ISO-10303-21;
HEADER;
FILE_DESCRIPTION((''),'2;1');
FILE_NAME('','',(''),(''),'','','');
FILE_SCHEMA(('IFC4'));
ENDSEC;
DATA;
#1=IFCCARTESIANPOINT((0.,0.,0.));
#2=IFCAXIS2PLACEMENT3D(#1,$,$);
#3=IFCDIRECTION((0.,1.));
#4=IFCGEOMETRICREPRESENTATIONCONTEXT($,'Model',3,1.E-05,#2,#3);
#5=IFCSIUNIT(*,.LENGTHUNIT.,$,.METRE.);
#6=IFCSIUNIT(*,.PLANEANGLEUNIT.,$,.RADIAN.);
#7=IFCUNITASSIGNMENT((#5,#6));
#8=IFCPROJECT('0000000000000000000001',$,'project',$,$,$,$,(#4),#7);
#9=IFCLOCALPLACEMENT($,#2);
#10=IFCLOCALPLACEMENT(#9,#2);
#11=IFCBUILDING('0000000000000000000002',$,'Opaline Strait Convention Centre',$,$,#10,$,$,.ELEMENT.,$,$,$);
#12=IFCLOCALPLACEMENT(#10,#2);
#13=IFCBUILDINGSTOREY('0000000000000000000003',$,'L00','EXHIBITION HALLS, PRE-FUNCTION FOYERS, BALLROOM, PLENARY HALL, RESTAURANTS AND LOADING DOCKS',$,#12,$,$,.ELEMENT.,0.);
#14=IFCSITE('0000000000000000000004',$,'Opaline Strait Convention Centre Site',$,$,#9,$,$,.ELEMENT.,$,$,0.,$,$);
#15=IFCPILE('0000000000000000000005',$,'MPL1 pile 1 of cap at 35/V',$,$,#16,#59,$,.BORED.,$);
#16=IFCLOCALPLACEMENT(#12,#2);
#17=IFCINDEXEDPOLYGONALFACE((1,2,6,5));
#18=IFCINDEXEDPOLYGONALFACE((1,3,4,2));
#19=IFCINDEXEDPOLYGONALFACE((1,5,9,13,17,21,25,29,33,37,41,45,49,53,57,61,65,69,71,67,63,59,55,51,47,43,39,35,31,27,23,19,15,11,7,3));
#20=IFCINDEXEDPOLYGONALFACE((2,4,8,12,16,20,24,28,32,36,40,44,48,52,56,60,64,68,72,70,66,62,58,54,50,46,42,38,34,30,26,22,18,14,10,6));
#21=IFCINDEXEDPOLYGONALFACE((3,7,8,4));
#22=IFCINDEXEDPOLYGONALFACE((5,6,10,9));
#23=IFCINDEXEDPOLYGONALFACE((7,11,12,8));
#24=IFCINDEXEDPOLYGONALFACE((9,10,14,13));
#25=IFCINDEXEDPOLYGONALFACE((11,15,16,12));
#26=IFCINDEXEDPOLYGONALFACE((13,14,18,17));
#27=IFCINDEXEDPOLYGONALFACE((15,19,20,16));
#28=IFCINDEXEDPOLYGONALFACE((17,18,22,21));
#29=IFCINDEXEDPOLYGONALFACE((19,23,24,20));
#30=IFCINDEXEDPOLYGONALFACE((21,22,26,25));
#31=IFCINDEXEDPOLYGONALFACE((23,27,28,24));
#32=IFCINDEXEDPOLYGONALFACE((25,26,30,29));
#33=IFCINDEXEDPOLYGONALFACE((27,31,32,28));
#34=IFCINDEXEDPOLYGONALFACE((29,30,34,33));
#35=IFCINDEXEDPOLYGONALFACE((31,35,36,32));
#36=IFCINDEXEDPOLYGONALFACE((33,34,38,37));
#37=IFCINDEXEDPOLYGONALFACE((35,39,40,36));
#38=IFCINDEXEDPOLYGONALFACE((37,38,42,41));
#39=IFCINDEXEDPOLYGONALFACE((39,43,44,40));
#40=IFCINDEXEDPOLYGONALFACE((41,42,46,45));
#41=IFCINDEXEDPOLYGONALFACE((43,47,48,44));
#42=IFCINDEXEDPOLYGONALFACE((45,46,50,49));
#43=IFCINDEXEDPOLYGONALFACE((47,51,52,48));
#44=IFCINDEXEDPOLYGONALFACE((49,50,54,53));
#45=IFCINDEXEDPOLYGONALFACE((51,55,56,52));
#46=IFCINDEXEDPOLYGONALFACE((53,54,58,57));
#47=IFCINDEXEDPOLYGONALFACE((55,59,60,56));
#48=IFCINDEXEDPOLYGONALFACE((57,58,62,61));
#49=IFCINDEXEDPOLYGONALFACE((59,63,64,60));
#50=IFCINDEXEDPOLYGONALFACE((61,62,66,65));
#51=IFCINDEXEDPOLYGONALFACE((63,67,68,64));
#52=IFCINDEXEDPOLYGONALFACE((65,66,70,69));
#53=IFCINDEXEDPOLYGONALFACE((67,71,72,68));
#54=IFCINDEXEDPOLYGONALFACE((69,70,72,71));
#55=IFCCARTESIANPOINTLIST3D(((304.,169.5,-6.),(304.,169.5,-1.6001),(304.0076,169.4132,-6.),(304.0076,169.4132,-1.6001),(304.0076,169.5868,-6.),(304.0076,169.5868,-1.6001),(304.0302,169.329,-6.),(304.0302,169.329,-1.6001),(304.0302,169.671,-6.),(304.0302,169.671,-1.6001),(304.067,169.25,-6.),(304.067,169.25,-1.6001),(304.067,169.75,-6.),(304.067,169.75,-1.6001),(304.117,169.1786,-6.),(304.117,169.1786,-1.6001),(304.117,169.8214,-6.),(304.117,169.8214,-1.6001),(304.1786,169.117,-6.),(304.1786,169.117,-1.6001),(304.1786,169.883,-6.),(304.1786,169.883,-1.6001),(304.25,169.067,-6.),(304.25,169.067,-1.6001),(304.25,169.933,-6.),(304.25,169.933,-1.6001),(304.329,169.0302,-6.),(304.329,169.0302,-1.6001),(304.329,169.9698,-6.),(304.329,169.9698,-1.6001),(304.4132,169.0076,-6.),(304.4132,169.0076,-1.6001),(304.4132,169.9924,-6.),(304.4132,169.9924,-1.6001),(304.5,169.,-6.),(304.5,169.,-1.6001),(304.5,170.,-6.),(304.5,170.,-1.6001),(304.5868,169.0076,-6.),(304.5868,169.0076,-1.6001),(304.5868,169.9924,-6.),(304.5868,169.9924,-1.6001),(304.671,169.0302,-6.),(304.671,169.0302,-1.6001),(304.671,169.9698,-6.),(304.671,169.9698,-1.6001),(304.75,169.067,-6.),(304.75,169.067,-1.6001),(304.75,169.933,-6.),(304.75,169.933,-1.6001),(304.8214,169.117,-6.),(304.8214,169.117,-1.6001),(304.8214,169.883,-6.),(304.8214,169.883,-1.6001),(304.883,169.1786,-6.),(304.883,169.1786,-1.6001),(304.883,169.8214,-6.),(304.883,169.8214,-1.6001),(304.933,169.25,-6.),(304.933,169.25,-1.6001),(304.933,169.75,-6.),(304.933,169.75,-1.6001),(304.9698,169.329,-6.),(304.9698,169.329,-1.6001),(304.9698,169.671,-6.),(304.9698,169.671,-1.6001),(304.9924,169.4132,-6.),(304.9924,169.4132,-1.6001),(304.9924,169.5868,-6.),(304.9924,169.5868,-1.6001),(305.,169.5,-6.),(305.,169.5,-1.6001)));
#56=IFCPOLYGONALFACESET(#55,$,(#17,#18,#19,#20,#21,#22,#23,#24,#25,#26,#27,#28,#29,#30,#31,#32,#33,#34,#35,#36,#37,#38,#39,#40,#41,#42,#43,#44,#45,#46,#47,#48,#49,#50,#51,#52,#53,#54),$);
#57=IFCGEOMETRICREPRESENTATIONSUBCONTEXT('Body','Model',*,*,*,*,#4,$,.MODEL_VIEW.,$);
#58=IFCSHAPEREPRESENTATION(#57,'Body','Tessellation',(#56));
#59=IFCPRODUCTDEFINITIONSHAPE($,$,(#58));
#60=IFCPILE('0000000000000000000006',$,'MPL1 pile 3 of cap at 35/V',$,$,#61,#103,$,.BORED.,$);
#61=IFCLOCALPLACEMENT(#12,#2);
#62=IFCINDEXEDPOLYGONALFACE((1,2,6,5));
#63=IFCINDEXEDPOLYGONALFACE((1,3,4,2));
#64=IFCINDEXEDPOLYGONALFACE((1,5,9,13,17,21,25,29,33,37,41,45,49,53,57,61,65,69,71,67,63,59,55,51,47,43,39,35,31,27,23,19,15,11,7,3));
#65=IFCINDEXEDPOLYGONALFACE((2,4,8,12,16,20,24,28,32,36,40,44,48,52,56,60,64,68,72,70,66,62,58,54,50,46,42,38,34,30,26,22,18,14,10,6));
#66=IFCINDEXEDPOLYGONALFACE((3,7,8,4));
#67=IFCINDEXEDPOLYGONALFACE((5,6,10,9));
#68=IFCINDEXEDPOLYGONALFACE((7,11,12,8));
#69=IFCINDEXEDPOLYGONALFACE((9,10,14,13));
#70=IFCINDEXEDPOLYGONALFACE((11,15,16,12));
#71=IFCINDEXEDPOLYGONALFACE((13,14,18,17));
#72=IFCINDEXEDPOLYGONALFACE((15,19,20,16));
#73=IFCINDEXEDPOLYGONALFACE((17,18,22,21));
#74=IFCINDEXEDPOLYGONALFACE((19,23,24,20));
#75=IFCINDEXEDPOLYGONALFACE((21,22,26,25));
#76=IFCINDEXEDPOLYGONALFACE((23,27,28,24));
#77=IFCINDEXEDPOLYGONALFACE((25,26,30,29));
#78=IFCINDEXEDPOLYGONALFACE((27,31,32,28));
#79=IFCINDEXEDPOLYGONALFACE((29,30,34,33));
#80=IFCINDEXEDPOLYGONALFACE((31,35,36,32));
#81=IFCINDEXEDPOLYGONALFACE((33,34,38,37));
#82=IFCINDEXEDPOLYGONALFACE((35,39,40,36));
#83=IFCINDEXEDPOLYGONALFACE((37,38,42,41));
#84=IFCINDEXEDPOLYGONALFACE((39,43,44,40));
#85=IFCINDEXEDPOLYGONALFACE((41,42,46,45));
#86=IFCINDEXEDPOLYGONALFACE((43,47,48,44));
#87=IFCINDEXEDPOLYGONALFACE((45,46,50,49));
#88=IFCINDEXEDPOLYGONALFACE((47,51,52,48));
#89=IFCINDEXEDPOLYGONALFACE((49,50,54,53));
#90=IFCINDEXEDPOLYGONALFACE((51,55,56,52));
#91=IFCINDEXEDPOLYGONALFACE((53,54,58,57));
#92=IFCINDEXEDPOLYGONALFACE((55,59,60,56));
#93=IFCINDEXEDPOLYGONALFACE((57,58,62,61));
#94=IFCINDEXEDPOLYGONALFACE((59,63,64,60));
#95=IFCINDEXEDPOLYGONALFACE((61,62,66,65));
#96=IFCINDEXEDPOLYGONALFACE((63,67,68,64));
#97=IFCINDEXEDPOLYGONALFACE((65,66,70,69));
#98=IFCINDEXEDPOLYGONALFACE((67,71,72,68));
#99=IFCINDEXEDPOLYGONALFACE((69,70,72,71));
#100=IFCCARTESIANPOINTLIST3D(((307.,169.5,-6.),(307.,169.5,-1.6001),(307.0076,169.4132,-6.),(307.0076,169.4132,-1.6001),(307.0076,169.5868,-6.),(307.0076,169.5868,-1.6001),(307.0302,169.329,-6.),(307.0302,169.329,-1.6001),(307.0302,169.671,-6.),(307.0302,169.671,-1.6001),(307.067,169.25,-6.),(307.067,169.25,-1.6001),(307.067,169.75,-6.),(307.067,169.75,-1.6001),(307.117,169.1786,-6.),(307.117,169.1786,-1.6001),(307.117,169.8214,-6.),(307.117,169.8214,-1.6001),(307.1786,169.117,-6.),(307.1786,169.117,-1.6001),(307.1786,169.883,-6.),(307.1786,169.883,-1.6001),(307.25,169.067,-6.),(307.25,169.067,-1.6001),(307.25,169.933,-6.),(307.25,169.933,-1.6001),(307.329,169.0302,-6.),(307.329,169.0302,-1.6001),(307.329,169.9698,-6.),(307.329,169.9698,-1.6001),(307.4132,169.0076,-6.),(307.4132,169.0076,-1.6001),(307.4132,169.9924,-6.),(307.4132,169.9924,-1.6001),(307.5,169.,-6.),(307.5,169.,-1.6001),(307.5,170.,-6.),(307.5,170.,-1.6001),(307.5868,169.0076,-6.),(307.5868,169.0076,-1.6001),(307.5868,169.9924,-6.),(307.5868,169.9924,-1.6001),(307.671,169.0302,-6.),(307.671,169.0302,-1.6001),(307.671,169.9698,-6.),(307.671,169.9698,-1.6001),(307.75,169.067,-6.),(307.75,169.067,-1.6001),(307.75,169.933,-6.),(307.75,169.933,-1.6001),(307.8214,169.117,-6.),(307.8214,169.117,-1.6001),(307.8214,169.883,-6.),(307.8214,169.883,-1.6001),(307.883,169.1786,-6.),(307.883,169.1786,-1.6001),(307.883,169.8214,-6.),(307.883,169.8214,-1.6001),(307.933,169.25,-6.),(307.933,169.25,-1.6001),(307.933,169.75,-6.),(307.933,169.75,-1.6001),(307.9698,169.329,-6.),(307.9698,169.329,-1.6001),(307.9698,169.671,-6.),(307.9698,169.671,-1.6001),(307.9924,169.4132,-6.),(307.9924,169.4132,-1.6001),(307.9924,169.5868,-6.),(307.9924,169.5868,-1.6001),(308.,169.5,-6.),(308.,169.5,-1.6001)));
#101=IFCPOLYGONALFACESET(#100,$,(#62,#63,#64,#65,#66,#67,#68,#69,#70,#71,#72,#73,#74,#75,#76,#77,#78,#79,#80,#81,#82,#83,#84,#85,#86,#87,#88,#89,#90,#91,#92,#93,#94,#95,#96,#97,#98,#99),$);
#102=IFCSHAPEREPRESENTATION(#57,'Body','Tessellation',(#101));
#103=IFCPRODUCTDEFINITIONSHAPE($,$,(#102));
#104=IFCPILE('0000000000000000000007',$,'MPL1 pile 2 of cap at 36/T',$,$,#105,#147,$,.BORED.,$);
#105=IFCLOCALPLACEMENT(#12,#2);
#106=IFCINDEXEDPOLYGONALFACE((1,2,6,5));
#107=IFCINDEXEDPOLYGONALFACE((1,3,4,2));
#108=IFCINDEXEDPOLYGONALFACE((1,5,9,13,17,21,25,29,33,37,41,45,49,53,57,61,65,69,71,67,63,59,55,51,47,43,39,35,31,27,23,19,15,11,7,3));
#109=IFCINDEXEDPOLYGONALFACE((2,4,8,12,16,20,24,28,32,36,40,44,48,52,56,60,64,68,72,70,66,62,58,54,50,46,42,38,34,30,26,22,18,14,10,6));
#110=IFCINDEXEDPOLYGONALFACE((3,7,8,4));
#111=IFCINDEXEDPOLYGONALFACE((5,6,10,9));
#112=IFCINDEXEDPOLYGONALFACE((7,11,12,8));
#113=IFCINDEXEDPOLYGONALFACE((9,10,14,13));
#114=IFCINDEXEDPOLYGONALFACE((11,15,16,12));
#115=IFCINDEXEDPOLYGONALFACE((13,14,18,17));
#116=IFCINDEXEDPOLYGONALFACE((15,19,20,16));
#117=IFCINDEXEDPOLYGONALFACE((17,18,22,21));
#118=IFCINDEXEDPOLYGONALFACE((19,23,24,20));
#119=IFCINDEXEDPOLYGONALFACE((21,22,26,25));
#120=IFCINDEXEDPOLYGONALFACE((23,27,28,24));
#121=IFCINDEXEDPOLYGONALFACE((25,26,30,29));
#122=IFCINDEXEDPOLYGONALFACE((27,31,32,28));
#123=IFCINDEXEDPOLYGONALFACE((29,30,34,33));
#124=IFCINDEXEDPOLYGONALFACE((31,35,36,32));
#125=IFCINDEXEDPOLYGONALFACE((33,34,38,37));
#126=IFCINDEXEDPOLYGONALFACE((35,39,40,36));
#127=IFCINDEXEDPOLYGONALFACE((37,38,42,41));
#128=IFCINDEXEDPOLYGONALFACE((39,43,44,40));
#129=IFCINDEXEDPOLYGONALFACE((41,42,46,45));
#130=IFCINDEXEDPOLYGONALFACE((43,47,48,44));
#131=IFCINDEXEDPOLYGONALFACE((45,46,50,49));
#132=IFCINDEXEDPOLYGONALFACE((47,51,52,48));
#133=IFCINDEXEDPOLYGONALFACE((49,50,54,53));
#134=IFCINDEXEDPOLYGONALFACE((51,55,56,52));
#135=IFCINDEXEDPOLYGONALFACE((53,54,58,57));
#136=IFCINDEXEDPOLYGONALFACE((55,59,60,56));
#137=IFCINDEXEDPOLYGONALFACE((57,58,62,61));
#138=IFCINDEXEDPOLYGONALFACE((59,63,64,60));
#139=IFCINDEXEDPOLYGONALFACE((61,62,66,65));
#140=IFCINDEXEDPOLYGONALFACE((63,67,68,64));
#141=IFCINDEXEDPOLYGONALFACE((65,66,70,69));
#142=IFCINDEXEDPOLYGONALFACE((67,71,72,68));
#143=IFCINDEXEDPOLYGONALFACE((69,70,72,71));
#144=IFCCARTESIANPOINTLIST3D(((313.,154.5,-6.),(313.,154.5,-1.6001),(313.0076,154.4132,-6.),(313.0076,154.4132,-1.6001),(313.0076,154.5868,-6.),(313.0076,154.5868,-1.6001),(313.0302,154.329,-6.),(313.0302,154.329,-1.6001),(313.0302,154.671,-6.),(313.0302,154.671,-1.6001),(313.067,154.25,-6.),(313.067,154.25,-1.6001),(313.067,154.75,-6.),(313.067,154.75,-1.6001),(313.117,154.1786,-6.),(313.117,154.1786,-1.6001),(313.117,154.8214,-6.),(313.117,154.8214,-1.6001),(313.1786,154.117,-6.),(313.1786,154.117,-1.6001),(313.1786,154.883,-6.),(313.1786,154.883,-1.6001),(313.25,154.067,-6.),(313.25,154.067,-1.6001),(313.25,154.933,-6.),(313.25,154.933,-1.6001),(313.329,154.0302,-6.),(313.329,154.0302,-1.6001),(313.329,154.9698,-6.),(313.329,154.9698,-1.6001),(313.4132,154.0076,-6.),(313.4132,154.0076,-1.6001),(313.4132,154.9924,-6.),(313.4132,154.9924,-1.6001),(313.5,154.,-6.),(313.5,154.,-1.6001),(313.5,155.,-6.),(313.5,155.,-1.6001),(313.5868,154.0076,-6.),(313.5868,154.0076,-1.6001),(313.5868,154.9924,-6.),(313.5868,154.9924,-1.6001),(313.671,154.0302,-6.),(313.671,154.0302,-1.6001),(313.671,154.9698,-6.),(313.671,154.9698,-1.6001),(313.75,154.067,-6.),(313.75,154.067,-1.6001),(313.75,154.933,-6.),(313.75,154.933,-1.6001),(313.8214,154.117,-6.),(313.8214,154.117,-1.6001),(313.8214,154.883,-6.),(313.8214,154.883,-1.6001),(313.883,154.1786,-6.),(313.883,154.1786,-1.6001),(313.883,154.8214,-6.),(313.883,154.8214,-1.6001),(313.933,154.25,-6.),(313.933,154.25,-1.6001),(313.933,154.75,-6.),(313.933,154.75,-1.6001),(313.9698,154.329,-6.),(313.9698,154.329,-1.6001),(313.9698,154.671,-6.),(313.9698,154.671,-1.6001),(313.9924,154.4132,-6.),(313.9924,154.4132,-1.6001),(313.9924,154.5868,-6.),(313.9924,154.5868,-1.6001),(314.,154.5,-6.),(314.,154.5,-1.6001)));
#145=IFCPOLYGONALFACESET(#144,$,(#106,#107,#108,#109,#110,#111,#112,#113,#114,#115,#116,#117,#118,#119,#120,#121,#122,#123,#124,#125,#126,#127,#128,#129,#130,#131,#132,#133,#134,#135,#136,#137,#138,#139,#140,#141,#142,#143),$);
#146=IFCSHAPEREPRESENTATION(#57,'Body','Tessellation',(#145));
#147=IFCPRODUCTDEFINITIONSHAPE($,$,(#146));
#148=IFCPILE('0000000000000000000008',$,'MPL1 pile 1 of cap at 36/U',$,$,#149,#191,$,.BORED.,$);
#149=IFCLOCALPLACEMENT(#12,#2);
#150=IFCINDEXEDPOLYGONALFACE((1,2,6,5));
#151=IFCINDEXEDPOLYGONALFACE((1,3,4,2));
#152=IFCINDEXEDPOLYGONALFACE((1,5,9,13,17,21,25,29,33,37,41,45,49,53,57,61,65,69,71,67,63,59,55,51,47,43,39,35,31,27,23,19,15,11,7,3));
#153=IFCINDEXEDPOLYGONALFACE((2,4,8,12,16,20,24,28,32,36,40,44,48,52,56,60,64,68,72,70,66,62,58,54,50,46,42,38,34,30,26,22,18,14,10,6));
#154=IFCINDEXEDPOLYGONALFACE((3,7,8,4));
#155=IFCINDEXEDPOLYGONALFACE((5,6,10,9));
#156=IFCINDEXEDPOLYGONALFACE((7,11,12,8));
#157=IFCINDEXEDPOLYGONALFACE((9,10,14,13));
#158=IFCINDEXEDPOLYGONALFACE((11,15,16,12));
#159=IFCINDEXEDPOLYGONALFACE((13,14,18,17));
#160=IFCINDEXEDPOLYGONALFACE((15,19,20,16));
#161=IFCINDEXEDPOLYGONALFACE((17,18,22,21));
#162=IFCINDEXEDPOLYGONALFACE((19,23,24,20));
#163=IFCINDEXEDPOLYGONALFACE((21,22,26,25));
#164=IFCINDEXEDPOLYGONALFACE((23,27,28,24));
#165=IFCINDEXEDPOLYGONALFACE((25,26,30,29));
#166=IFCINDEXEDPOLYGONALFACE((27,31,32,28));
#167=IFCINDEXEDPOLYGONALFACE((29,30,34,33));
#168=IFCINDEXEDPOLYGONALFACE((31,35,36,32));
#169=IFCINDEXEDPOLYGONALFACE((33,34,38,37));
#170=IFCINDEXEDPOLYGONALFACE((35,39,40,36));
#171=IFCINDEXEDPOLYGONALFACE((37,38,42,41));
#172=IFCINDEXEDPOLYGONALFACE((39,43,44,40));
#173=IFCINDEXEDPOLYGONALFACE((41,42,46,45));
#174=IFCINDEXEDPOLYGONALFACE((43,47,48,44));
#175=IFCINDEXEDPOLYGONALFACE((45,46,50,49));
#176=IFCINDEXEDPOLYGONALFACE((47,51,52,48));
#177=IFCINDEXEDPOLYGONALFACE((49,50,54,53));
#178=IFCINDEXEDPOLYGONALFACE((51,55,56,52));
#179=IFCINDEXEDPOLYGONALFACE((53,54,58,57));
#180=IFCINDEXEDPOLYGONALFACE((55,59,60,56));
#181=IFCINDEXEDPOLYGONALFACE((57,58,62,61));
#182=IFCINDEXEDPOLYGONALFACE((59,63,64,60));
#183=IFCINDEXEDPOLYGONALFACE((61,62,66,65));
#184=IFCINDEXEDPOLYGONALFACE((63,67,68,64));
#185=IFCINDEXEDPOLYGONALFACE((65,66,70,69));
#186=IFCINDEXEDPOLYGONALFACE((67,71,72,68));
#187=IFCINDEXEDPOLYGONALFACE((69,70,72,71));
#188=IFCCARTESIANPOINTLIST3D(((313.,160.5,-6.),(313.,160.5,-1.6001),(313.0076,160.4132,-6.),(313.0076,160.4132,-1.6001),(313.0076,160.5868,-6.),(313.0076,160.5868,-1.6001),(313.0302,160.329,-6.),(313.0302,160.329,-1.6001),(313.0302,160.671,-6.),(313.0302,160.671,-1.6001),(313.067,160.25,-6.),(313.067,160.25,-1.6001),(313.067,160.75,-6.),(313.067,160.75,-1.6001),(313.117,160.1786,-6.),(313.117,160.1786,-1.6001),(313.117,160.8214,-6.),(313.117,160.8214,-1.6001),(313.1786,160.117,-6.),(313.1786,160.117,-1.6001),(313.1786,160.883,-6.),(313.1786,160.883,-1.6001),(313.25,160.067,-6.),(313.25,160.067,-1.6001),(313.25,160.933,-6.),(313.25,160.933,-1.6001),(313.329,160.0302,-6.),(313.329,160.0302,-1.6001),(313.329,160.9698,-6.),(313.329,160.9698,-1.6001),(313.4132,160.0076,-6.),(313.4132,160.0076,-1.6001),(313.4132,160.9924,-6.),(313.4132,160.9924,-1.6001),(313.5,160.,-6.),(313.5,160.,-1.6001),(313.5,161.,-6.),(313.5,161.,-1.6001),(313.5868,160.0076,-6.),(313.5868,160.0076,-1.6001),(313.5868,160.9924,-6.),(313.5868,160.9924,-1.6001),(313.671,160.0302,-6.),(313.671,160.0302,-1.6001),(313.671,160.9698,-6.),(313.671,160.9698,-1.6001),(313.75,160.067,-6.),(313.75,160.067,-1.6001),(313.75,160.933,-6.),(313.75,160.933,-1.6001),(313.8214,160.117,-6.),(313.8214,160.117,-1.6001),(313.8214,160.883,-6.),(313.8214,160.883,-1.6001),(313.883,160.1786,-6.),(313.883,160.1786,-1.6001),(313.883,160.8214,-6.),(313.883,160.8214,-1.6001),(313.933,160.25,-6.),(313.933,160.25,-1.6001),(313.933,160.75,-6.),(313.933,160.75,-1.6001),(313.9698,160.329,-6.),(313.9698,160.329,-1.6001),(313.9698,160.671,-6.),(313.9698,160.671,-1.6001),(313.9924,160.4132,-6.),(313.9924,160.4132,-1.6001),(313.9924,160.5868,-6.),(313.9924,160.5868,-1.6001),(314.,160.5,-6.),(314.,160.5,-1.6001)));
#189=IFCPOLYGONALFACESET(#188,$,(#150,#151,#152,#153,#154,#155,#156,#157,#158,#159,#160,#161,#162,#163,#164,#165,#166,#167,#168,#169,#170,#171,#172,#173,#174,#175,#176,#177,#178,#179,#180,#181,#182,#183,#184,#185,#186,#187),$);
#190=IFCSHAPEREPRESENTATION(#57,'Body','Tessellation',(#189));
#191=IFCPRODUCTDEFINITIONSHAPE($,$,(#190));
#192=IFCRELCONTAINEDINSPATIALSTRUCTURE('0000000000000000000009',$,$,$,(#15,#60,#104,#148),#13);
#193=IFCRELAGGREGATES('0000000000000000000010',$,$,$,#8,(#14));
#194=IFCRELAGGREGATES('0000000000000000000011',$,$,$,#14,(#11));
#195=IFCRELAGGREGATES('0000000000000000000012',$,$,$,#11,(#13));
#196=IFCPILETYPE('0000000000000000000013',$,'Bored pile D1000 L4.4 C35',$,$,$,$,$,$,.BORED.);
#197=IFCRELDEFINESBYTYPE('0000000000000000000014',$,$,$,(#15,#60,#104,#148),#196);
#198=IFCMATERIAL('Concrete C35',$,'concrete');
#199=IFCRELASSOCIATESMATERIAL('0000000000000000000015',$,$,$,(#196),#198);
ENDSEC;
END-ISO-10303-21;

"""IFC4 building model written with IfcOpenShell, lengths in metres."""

from ifc_helpers import new_model, si_unit, direction, frame, origin, origin_2d, place, context, subcontext, project, spatial, circle, extrude, material, material_profile, profile_set, type_object, element, save


model = new_model("IFC4")

# Units and contexts
model_context = context("Model", 3, precision=1e-05, world=origin(), true_north=direction((0.0, 1.0)))
body_context = subcontext(model_context, "Body", "Model", "MODEL_VIEW")
ifc_project = project(units=[si_unit("LENGTHUNIT", "METRE"), si_unit("PLANEANGLEUNIT", "RADIAN")], contexts=[model_context])

# Site, building, storey
site_placement = place(None, origin())
site = spatial("IfcSite", under=ifc_project, at=site_placement, Name="Opaline Strait Convention Centre Site", CompositionType="ELEMENT", RefElevation=0.0)
building_placement = place(site_placement, origin())
building = spatial("IfcBuilding", under=site, at=building_placement, Name="Opaline Strait Convention Centre", CompositionType="ELEMENT")
storey_placement = place(building_placement, origin())
storey = spatial("IfcBuildingStorey", under=building, at=storey_placement, Name="L00", Description="EXHIBITION HALLS, PRE-FUNCTION FOYERS, BALLROOM, PLENARY HALL, RESTAURANTS AND LOADING DOCKS", CompositionType="ELEMENT", Elevation=0.0)

# Piles
ifc_material_1 = material(Name="Concrete C35", Category="concrete")
ifc_material_profile_1 = material_profile(ifc_material_1, circle(Radius=0.5, at=origin_2d()), Name="D1000")
ifc_profile_set_1 = profile_set([ifc_material_profile_1], Name="Concrete C35")
pile_type = type_object("IfcPileType", Name="Bored pile D1000 L4.4 C35", PredefinedType="BORED", material=ifc_profile_set_1)
for number, where, z_axis, x_axis, name in (
    (1, (304.5, 169.5, -1.6001), (0.0, 0.0, -1.0), (1.0, 0.0, 0.0), "MPL1 pile 1 of cap at 35/V"),
    (2, (307.5, 169.5, -1.6001), (0.0, 0.0, -1.0), (1.0, 0.0, 0.0), "MPL1 pile 3 of cap at 35/V"),
    (3, (313.5, 154.5, -1.6001), (0.0, 0.0, -1.0), (1.0, 0.0, 0.0), "MPL1 pile 2 of cap at 36/T"),
    (4, (313.5, 160.5, -1.6001), (0.0, 0.0, -1.0), (1.0, 0.0, 0.0), "MPL1 pile 1 of cap at 36/U"),
):
    element("IfcPile", number, at=place(storey_placement, frame(where, z_axis=z_axis, x_axis=x_axis)), inside=storey, type_object=pile_type, Name=name, PredefinedType="BORED", context=body_context, shape_type="SweptSolid", body=[
        extrude(circle(Radius=0.5, at=origin_2d()), origin(), (0.0, 0.0, 1.0), 4.3999),
    ])

save(model, "model.ifc")
